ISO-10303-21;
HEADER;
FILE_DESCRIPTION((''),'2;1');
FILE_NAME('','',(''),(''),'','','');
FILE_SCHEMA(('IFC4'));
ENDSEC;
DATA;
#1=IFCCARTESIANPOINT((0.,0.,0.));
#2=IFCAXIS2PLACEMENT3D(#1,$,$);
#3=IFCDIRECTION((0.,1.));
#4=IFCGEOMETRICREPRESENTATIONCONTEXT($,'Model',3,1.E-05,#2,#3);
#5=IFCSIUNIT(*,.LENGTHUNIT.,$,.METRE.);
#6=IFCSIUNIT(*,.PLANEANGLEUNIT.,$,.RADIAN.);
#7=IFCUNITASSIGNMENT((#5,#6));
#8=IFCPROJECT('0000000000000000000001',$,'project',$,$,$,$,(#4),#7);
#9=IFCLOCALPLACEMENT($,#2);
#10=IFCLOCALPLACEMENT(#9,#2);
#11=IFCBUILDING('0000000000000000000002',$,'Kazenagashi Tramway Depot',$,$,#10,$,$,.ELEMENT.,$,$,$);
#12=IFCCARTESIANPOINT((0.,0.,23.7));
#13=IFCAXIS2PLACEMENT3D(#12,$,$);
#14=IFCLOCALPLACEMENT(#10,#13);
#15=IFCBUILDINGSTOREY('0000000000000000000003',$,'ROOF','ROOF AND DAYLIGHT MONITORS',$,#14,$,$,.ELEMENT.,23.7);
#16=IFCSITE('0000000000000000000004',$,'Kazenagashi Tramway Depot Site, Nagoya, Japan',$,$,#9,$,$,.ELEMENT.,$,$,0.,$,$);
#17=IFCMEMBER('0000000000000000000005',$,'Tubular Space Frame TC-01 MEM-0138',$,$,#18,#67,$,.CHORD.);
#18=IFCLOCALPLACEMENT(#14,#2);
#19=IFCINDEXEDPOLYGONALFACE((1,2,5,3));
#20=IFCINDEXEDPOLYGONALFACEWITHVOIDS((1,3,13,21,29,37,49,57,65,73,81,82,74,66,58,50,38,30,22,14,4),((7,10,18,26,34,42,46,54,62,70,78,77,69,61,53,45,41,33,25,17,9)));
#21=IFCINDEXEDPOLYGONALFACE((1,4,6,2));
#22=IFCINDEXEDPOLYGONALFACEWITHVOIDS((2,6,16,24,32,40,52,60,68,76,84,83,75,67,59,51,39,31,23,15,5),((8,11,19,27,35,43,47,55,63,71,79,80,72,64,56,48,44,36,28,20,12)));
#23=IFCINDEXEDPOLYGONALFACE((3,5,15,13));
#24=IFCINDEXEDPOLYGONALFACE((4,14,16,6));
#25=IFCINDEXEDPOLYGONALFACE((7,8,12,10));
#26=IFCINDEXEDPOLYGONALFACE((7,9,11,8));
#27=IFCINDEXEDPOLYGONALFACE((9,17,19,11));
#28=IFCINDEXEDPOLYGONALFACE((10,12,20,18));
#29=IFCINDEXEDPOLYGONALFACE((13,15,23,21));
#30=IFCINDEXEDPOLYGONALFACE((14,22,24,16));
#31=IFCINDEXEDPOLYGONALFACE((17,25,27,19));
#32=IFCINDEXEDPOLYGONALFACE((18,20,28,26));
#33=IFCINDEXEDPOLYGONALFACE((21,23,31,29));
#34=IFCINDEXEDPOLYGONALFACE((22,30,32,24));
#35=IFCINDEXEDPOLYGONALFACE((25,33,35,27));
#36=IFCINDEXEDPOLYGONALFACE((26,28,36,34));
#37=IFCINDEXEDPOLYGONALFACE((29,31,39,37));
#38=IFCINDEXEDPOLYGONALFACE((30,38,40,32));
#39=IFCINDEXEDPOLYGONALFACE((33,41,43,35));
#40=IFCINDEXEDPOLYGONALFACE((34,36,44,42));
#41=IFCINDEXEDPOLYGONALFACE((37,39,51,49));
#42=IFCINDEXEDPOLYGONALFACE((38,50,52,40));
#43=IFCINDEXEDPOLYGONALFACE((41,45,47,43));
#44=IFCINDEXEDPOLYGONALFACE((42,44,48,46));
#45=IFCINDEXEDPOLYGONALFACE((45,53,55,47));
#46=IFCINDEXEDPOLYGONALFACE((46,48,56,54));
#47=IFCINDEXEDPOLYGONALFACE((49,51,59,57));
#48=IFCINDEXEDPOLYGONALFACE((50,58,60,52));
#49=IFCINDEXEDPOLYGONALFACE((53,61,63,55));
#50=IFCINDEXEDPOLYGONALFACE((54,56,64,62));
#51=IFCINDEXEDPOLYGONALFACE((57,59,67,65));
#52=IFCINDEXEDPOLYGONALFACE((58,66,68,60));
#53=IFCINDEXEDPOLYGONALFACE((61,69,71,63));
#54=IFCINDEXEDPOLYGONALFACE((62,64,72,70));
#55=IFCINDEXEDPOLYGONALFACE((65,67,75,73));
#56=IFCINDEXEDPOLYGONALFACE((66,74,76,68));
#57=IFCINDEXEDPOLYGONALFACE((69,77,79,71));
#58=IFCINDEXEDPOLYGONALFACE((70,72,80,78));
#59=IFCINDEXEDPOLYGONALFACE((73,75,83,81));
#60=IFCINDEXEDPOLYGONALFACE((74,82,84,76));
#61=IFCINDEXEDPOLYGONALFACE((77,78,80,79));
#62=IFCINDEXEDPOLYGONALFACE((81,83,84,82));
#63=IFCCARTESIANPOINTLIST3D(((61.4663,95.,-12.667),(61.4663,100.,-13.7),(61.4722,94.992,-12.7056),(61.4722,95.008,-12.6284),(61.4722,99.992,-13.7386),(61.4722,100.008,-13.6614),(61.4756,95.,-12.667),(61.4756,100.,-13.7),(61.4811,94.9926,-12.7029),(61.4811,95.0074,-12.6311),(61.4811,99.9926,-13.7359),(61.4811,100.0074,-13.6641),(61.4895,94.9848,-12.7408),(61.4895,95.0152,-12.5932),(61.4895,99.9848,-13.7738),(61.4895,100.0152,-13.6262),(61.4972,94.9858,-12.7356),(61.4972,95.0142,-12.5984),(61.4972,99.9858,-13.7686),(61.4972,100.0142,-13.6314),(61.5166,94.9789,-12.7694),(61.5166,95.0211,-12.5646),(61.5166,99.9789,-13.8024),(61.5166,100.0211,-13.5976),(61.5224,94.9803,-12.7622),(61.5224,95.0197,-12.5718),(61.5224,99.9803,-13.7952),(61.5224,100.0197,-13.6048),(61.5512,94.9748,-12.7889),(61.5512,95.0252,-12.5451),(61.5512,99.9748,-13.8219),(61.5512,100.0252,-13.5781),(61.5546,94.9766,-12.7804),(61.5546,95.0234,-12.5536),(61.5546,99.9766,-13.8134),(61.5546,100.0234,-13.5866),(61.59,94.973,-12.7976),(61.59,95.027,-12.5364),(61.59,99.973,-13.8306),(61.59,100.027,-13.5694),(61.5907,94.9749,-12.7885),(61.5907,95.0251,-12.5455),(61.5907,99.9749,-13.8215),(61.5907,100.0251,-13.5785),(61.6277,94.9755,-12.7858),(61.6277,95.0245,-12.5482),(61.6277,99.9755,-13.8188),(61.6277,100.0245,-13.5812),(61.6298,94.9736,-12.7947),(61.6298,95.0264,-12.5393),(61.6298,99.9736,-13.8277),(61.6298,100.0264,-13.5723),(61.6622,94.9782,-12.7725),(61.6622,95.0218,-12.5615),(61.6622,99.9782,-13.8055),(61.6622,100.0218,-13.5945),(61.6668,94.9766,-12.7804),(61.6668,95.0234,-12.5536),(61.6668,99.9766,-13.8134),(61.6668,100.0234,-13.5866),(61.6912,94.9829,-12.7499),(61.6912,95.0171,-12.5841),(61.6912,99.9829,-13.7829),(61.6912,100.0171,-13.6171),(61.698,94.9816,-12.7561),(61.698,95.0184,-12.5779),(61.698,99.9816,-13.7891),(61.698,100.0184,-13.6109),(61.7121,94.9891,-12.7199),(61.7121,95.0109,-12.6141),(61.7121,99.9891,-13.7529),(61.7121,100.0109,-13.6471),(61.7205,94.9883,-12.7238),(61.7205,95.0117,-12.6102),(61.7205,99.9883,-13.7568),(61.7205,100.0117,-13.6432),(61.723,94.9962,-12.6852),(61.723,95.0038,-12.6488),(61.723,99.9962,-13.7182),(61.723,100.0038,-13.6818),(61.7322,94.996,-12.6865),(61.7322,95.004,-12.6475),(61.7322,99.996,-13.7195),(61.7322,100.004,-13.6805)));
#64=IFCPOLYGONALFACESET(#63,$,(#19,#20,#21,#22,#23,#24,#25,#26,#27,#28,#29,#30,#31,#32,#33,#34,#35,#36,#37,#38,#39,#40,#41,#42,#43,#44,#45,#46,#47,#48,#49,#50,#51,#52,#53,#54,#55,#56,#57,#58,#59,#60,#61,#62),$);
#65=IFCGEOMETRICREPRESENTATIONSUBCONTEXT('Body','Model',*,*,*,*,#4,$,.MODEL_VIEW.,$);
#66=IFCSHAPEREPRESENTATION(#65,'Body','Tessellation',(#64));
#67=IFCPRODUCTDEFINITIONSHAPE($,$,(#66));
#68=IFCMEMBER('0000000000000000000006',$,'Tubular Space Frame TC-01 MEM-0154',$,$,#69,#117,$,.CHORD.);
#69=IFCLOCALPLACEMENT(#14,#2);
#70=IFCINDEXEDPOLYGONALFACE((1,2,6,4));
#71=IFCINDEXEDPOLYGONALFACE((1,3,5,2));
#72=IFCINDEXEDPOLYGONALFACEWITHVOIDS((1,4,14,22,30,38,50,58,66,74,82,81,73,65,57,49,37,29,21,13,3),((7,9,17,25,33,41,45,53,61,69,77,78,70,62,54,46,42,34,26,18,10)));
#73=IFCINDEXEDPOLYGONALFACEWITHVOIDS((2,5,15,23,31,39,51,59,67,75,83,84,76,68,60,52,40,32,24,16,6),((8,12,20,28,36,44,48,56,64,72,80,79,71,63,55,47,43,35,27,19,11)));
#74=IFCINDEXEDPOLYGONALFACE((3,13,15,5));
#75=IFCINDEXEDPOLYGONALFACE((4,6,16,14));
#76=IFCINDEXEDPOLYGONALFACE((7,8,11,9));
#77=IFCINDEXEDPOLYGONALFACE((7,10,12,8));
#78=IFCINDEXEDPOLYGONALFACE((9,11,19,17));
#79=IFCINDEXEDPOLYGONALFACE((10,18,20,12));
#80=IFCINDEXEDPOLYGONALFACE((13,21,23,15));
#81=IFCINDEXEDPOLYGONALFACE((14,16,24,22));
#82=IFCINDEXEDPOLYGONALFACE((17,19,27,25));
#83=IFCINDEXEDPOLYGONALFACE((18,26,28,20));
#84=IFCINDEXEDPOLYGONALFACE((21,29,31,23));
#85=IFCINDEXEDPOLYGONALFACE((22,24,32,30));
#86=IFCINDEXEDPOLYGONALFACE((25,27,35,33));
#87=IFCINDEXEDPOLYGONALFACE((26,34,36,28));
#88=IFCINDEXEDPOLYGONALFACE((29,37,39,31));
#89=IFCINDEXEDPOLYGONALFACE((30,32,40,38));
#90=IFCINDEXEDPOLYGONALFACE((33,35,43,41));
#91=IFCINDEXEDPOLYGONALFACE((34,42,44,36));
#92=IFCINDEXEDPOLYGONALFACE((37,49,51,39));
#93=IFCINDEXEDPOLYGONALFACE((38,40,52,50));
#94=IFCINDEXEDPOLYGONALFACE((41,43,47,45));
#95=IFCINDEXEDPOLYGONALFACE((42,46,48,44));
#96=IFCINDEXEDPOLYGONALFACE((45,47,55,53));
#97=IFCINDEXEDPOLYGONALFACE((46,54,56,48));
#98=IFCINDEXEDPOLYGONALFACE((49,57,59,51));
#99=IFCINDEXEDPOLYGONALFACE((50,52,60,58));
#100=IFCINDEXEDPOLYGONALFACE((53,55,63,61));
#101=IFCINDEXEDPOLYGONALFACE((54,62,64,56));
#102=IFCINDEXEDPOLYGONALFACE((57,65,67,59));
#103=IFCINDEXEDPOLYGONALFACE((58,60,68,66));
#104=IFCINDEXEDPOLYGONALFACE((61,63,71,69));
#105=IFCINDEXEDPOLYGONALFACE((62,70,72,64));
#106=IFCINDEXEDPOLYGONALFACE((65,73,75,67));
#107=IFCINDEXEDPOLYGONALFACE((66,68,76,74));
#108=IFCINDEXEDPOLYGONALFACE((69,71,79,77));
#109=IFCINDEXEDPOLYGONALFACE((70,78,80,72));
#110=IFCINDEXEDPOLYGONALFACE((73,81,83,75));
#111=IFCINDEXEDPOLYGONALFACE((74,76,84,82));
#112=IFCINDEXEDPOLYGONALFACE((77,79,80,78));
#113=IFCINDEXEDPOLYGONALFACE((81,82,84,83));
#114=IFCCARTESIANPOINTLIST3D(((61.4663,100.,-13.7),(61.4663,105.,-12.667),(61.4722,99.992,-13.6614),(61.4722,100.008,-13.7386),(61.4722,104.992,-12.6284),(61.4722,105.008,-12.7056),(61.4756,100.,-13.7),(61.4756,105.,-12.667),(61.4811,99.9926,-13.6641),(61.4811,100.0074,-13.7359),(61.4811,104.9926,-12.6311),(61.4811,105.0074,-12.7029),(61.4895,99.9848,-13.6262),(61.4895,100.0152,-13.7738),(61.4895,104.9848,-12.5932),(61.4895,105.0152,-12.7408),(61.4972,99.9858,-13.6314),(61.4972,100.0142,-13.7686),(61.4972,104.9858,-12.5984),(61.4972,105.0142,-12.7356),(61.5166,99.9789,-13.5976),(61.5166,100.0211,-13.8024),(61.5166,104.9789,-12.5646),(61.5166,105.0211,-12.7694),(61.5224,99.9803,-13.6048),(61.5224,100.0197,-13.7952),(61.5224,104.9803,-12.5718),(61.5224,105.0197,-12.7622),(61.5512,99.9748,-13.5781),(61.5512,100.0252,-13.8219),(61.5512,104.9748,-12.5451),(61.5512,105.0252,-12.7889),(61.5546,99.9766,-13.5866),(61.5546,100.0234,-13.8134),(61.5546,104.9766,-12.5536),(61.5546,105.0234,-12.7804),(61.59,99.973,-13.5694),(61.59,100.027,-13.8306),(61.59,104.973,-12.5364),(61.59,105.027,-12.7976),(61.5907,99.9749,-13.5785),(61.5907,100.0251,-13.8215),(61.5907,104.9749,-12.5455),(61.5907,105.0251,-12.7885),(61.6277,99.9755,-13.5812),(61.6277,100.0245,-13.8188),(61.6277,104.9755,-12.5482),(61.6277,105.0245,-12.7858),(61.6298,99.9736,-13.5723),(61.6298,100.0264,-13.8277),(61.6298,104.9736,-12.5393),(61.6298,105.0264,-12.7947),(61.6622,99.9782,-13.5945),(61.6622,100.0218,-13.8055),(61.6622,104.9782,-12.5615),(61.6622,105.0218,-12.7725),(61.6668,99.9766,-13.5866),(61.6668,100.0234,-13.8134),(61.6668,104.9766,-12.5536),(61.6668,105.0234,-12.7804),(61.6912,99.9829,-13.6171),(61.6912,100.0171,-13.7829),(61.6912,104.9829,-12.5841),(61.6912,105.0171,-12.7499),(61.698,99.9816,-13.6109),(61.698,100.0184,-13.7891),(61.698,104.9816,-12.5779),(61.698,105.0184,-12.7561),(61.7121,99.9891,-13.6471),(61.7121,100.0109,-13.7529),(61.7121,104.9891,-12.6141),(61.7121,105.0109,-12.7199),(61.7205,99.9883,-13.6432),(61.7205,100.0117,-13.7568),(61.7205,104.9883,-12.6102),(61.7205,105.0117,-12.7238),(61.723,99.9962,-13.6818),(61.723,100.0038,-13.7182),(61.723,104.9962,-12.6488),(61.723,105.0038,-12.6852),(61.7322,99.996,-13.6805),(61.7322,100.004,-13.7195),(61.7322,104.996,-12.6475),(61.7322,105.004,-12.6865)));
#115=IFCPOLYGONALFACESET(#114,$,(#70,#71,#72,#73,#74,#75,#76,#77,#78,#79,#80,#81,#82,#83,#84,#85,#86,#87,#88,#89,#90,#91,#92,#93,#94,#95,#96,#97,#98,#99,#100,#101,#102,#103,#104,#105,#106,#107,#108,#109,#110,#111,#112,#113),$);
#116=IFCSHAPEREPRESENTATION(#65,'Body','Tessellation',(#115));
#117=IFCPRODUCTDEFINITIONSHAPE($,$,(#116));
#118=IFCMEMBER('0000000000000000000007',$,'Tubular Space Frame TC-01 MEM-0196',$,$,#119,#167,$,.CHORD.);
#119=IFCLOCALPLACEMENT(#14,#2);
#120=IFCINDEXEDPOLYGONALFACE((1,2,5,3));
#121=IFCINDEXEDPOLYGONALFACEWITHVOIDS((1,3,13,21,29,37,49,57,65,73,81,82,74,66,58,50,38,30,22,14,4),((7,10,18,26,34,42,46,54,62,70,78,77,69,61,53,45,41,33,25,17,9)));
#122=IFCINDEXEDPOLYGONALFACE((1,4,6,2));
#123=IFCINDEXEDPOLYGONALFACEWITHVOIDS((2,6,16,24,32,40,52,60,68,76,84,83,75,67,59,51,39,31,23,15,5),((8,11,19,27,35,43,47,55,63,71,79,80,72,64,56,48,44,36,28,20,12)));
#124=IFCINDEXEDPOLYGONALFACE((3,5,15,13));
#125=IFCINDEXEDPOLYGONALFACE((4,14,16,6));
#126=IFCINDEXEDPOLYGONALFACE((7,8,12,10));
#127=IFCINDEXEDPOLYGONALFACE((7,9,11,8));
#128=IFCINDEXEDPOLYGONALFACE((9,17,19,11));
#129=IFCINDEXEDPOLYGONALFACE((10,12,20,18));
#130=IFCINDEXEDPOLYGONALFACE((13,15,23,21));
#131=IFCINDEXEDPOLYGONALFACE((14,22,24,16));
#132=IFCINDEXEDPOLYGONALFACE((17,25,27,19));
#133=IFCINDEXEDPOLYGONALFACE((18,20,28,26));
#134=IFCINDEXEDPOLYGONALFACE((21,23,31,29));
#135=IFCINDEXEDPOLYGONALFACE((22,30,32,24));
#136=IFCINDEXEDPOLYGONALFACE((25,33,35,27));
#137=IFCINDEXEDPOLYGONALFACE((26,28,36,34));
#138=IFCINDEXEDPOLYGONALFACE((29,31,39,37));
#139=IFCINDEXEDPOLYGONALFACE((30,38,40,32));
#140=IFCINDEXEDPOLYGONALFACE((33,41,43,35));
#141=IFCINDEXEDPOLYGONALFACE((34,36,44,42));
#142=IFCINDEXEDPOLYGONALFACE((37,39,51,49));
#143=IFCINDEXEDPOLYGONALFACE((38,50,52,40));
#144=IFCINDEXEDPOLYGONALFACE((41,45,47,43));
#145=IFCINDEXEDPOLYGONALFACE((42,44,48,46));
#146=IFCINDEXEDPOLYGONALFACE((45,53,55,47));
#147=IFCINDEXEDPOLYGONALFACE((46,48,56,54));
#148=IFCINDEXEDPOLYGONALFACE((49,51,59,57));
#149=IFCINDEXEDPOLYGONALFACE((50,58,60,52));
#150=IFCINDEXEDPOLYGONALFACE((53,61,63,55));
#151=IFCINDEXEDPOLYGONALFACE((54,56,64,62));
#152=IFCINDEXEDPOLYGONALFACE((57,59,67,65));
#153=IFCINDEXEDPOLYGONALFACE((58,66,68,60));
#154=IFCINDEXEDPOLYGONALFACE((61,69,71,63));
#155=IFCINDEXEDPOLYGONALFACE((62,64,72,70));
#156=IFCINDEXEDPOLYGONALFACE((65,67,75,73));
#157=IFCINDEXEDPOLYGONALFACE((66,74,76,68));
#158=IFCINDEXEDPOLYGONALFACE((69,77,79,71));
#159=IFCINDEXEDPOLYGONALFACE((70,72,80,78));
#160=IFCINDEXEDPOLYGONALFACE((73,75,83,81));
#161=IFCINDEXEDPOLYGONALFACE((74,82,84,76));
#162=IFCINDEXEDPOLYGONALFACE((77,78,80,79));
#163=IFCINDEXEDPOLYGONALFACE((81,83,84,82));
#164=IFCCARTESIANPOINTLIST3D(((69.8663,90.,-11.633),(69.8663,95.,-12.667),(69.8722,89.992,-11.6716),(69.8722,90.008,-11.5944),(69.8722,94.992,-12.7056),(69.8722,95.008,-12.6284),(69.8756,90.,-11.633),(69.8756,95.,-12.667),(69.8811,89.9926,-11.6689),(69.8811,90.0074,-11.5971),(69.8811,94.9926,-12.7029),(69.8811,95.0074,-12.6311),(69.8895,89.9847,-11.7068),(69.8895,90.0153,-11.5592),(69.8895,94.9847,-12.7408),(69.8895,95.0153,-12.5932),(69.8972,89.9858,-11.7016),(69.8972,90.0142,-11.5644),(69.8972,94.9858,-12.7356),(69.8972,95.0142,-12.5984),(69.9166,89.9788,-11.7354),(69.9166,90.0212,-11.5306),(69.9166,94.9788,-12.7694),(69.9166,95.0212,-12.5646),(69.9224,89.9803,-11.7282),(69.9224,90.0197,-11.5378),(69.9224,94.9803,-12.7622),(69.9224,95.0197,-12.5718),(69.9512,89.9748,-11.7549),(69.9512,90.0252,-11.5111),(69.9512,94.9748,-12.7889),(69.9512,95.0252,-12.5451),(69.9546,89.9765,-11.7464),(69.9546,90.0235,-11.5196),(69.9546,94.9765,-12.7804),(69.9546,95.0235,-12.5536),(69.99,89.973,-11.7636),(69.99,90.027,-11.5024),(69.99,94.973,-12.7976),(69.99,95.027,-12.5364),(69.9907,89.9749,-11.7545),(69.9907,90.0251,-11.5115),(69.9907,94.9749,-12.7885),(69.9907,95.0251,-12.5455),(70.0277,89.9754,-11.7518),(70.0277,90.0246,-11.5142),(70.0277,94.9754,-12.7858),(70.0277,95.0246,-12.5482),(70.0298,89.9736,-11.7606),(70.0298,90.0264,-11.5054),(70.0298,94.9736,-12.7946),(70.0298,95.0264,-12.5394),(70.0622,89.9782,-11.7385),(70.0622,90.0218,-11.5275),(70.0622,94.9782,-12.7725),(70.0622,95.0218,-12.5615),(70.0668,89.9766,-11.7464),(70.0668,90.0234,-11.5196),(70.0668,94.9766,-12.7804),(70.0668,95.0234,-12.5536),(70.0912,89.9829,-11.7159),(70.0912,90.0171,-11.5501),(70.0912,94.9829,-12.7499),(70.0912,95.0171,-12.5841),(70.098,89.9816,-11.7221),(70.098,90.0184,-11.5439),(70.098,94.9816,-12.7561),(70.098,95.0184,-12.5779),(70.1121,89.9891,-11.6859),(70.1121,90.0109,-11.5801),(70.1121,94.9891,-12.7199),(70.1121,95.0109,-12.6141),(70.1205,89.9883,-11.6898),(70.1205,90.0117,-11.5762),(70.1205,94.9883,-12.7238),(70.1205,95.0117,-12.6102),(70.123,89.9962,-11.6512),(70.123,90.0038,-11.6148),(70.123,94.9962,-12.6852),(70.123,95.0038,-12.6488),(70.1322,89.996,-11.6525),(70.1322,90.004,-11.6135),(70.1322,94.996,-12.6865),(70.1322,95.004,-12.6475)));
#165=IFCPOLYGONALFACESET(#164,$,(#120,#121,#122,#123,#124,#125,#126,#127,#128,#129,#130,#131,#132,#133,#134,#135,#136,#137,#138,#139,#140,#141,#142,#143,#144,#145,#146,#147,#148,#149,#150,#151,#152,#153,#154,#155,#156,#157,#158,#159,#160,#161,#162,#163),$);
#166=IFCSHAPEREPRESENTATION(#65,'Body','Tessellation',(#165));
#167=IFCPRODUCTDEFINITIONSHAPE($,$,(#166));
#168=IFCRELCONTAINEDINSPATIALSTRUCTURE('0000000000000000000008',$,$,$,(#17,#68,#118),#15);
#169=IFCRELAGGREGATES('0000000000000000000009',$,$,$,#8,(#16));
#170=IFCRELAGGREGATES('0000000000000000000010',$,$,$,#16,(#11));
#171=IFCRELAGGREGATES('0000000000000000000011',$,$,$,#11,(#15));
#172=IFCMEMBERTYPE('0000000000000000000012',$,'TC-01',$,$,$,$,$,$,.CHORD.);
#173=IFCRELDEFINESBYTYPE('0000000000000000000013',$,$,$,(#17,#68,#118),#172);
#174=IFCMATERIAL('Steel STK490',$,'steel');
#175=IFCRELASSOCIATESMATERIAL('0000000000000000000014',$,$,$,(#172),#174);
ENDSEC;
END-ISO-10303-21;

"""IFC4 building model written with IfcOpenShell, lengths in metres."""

from ifc_helpers import new_model, si_unit, direction, frame, origin, origin_2d, place, context, subcontext, project, spatial, hollow_circle, extrude, material, material_profile, profile_set, type_object, element, save


model = new_model("IFC4")

# Units and contexts
model_context = context("Model", 3, precision=1e-05, world=origin(), true_north=direction((0.0, 1.0)))
body_context = subcontext(model_context, "Body", "Model", "MODEL_VIEW")
ifc_project = project(units=[si_unit("LENGTHUNIT", "METRE"), si_unit("PLANEANGLEUNIT", "RADIAN")], contexts=[model_context])

# Site, building, storey
site_placement = place(None, origin())
site = spatial("IfcSite", under=ifc_project, at=site_placement, Name="Kazenagashi Tramway Depot Site, Nagoya, Japan", CompositionType="ELEMENT", RefElevation=0.0)
building_placement = place(site_placement, origin())
building = spatial("IfcBuilding", under=site, at=building_placement, Name="Kazenagashi Tramway Depot", CompositionType="ELEMENT")
storey_placement = place(building_placement, frame((0.0, 0.0, 23.7)))
storey = spatial("IfcBuildingStorey", under=building, at=storey_placement, Name="ROOF", Description="ROOF AND DAYLIGHT MONITORS", CompositionType="ELEMENT", Elevation=23.7)

# Members
ifc_material_1 = material(Name="Steel STK490", Category="steel")
ifc_material_profile_1 = material_profile(ifc_material_1, hollow_circle(Radius=0.1337, WallThickness=0.0093, at=origin_2d()), Name="CHS-267.4x9.3")
ifc_profile_set_1 = profile_set([ifc_material_profile_1], Name="Steel STK490")
member_type_1 = type_object("IfcMemberType", Name="TC-01", PredefinedType="CHORD", material=ifc_profile_set_1)
for number, where, z_axis, x_axis, name in (
    (1, (61.6, 95.0, -12.667), (0.0, 0.979318, -0.202327), (-1.0, 0.0, 0.0), "Tubular Space Frame TC-01 MEM-0138"),
    (2, (61.6, 100.0, -13.7), (0.0, 0.979318, 0.202327), (-1.0, 0.0, 0.0), "Tubular Space Frame TC-01 MEM-0154"),
):
    element("IfcMember", number, at=place(storey_placement, frame(where, z_axis=z_axis, x_axis=x_axis)), inside=storey, type_object=member_type_1, Name=name, PredefinedType="CHORD", context=body_context, shape_type="SweptSolid", body=[
        extrude(hollow_circle(Radius=0.1337, WallThickness=0.0093, at=origin_2d()), origin(), (0.0, 0.0, 1.0), 5.1056),
    ])
member_1_placement = place(storey_placement, frame((70.0, 90.0, -11.633), z_axis=(0.0, 0.979279, -0.202515), x_axis=(-1.0, 0.0, 0.0)))
element("IfcMember", 3, at=member_1_placement, inside=storey, type_object=member_type_1, Name="Tubular Space Frame TC-01 MEM-0196", PredefinedType="CHORD", context=body_context, shape_type="SweptSolid", body=[
    extrude(hollow_circle(Radius=0.1337, WallThickness=0.0093, at=origin_2d()), origin(), (0.0, 0.0, 1.0), 5.1058),
])

save(model, "model.ifc")
